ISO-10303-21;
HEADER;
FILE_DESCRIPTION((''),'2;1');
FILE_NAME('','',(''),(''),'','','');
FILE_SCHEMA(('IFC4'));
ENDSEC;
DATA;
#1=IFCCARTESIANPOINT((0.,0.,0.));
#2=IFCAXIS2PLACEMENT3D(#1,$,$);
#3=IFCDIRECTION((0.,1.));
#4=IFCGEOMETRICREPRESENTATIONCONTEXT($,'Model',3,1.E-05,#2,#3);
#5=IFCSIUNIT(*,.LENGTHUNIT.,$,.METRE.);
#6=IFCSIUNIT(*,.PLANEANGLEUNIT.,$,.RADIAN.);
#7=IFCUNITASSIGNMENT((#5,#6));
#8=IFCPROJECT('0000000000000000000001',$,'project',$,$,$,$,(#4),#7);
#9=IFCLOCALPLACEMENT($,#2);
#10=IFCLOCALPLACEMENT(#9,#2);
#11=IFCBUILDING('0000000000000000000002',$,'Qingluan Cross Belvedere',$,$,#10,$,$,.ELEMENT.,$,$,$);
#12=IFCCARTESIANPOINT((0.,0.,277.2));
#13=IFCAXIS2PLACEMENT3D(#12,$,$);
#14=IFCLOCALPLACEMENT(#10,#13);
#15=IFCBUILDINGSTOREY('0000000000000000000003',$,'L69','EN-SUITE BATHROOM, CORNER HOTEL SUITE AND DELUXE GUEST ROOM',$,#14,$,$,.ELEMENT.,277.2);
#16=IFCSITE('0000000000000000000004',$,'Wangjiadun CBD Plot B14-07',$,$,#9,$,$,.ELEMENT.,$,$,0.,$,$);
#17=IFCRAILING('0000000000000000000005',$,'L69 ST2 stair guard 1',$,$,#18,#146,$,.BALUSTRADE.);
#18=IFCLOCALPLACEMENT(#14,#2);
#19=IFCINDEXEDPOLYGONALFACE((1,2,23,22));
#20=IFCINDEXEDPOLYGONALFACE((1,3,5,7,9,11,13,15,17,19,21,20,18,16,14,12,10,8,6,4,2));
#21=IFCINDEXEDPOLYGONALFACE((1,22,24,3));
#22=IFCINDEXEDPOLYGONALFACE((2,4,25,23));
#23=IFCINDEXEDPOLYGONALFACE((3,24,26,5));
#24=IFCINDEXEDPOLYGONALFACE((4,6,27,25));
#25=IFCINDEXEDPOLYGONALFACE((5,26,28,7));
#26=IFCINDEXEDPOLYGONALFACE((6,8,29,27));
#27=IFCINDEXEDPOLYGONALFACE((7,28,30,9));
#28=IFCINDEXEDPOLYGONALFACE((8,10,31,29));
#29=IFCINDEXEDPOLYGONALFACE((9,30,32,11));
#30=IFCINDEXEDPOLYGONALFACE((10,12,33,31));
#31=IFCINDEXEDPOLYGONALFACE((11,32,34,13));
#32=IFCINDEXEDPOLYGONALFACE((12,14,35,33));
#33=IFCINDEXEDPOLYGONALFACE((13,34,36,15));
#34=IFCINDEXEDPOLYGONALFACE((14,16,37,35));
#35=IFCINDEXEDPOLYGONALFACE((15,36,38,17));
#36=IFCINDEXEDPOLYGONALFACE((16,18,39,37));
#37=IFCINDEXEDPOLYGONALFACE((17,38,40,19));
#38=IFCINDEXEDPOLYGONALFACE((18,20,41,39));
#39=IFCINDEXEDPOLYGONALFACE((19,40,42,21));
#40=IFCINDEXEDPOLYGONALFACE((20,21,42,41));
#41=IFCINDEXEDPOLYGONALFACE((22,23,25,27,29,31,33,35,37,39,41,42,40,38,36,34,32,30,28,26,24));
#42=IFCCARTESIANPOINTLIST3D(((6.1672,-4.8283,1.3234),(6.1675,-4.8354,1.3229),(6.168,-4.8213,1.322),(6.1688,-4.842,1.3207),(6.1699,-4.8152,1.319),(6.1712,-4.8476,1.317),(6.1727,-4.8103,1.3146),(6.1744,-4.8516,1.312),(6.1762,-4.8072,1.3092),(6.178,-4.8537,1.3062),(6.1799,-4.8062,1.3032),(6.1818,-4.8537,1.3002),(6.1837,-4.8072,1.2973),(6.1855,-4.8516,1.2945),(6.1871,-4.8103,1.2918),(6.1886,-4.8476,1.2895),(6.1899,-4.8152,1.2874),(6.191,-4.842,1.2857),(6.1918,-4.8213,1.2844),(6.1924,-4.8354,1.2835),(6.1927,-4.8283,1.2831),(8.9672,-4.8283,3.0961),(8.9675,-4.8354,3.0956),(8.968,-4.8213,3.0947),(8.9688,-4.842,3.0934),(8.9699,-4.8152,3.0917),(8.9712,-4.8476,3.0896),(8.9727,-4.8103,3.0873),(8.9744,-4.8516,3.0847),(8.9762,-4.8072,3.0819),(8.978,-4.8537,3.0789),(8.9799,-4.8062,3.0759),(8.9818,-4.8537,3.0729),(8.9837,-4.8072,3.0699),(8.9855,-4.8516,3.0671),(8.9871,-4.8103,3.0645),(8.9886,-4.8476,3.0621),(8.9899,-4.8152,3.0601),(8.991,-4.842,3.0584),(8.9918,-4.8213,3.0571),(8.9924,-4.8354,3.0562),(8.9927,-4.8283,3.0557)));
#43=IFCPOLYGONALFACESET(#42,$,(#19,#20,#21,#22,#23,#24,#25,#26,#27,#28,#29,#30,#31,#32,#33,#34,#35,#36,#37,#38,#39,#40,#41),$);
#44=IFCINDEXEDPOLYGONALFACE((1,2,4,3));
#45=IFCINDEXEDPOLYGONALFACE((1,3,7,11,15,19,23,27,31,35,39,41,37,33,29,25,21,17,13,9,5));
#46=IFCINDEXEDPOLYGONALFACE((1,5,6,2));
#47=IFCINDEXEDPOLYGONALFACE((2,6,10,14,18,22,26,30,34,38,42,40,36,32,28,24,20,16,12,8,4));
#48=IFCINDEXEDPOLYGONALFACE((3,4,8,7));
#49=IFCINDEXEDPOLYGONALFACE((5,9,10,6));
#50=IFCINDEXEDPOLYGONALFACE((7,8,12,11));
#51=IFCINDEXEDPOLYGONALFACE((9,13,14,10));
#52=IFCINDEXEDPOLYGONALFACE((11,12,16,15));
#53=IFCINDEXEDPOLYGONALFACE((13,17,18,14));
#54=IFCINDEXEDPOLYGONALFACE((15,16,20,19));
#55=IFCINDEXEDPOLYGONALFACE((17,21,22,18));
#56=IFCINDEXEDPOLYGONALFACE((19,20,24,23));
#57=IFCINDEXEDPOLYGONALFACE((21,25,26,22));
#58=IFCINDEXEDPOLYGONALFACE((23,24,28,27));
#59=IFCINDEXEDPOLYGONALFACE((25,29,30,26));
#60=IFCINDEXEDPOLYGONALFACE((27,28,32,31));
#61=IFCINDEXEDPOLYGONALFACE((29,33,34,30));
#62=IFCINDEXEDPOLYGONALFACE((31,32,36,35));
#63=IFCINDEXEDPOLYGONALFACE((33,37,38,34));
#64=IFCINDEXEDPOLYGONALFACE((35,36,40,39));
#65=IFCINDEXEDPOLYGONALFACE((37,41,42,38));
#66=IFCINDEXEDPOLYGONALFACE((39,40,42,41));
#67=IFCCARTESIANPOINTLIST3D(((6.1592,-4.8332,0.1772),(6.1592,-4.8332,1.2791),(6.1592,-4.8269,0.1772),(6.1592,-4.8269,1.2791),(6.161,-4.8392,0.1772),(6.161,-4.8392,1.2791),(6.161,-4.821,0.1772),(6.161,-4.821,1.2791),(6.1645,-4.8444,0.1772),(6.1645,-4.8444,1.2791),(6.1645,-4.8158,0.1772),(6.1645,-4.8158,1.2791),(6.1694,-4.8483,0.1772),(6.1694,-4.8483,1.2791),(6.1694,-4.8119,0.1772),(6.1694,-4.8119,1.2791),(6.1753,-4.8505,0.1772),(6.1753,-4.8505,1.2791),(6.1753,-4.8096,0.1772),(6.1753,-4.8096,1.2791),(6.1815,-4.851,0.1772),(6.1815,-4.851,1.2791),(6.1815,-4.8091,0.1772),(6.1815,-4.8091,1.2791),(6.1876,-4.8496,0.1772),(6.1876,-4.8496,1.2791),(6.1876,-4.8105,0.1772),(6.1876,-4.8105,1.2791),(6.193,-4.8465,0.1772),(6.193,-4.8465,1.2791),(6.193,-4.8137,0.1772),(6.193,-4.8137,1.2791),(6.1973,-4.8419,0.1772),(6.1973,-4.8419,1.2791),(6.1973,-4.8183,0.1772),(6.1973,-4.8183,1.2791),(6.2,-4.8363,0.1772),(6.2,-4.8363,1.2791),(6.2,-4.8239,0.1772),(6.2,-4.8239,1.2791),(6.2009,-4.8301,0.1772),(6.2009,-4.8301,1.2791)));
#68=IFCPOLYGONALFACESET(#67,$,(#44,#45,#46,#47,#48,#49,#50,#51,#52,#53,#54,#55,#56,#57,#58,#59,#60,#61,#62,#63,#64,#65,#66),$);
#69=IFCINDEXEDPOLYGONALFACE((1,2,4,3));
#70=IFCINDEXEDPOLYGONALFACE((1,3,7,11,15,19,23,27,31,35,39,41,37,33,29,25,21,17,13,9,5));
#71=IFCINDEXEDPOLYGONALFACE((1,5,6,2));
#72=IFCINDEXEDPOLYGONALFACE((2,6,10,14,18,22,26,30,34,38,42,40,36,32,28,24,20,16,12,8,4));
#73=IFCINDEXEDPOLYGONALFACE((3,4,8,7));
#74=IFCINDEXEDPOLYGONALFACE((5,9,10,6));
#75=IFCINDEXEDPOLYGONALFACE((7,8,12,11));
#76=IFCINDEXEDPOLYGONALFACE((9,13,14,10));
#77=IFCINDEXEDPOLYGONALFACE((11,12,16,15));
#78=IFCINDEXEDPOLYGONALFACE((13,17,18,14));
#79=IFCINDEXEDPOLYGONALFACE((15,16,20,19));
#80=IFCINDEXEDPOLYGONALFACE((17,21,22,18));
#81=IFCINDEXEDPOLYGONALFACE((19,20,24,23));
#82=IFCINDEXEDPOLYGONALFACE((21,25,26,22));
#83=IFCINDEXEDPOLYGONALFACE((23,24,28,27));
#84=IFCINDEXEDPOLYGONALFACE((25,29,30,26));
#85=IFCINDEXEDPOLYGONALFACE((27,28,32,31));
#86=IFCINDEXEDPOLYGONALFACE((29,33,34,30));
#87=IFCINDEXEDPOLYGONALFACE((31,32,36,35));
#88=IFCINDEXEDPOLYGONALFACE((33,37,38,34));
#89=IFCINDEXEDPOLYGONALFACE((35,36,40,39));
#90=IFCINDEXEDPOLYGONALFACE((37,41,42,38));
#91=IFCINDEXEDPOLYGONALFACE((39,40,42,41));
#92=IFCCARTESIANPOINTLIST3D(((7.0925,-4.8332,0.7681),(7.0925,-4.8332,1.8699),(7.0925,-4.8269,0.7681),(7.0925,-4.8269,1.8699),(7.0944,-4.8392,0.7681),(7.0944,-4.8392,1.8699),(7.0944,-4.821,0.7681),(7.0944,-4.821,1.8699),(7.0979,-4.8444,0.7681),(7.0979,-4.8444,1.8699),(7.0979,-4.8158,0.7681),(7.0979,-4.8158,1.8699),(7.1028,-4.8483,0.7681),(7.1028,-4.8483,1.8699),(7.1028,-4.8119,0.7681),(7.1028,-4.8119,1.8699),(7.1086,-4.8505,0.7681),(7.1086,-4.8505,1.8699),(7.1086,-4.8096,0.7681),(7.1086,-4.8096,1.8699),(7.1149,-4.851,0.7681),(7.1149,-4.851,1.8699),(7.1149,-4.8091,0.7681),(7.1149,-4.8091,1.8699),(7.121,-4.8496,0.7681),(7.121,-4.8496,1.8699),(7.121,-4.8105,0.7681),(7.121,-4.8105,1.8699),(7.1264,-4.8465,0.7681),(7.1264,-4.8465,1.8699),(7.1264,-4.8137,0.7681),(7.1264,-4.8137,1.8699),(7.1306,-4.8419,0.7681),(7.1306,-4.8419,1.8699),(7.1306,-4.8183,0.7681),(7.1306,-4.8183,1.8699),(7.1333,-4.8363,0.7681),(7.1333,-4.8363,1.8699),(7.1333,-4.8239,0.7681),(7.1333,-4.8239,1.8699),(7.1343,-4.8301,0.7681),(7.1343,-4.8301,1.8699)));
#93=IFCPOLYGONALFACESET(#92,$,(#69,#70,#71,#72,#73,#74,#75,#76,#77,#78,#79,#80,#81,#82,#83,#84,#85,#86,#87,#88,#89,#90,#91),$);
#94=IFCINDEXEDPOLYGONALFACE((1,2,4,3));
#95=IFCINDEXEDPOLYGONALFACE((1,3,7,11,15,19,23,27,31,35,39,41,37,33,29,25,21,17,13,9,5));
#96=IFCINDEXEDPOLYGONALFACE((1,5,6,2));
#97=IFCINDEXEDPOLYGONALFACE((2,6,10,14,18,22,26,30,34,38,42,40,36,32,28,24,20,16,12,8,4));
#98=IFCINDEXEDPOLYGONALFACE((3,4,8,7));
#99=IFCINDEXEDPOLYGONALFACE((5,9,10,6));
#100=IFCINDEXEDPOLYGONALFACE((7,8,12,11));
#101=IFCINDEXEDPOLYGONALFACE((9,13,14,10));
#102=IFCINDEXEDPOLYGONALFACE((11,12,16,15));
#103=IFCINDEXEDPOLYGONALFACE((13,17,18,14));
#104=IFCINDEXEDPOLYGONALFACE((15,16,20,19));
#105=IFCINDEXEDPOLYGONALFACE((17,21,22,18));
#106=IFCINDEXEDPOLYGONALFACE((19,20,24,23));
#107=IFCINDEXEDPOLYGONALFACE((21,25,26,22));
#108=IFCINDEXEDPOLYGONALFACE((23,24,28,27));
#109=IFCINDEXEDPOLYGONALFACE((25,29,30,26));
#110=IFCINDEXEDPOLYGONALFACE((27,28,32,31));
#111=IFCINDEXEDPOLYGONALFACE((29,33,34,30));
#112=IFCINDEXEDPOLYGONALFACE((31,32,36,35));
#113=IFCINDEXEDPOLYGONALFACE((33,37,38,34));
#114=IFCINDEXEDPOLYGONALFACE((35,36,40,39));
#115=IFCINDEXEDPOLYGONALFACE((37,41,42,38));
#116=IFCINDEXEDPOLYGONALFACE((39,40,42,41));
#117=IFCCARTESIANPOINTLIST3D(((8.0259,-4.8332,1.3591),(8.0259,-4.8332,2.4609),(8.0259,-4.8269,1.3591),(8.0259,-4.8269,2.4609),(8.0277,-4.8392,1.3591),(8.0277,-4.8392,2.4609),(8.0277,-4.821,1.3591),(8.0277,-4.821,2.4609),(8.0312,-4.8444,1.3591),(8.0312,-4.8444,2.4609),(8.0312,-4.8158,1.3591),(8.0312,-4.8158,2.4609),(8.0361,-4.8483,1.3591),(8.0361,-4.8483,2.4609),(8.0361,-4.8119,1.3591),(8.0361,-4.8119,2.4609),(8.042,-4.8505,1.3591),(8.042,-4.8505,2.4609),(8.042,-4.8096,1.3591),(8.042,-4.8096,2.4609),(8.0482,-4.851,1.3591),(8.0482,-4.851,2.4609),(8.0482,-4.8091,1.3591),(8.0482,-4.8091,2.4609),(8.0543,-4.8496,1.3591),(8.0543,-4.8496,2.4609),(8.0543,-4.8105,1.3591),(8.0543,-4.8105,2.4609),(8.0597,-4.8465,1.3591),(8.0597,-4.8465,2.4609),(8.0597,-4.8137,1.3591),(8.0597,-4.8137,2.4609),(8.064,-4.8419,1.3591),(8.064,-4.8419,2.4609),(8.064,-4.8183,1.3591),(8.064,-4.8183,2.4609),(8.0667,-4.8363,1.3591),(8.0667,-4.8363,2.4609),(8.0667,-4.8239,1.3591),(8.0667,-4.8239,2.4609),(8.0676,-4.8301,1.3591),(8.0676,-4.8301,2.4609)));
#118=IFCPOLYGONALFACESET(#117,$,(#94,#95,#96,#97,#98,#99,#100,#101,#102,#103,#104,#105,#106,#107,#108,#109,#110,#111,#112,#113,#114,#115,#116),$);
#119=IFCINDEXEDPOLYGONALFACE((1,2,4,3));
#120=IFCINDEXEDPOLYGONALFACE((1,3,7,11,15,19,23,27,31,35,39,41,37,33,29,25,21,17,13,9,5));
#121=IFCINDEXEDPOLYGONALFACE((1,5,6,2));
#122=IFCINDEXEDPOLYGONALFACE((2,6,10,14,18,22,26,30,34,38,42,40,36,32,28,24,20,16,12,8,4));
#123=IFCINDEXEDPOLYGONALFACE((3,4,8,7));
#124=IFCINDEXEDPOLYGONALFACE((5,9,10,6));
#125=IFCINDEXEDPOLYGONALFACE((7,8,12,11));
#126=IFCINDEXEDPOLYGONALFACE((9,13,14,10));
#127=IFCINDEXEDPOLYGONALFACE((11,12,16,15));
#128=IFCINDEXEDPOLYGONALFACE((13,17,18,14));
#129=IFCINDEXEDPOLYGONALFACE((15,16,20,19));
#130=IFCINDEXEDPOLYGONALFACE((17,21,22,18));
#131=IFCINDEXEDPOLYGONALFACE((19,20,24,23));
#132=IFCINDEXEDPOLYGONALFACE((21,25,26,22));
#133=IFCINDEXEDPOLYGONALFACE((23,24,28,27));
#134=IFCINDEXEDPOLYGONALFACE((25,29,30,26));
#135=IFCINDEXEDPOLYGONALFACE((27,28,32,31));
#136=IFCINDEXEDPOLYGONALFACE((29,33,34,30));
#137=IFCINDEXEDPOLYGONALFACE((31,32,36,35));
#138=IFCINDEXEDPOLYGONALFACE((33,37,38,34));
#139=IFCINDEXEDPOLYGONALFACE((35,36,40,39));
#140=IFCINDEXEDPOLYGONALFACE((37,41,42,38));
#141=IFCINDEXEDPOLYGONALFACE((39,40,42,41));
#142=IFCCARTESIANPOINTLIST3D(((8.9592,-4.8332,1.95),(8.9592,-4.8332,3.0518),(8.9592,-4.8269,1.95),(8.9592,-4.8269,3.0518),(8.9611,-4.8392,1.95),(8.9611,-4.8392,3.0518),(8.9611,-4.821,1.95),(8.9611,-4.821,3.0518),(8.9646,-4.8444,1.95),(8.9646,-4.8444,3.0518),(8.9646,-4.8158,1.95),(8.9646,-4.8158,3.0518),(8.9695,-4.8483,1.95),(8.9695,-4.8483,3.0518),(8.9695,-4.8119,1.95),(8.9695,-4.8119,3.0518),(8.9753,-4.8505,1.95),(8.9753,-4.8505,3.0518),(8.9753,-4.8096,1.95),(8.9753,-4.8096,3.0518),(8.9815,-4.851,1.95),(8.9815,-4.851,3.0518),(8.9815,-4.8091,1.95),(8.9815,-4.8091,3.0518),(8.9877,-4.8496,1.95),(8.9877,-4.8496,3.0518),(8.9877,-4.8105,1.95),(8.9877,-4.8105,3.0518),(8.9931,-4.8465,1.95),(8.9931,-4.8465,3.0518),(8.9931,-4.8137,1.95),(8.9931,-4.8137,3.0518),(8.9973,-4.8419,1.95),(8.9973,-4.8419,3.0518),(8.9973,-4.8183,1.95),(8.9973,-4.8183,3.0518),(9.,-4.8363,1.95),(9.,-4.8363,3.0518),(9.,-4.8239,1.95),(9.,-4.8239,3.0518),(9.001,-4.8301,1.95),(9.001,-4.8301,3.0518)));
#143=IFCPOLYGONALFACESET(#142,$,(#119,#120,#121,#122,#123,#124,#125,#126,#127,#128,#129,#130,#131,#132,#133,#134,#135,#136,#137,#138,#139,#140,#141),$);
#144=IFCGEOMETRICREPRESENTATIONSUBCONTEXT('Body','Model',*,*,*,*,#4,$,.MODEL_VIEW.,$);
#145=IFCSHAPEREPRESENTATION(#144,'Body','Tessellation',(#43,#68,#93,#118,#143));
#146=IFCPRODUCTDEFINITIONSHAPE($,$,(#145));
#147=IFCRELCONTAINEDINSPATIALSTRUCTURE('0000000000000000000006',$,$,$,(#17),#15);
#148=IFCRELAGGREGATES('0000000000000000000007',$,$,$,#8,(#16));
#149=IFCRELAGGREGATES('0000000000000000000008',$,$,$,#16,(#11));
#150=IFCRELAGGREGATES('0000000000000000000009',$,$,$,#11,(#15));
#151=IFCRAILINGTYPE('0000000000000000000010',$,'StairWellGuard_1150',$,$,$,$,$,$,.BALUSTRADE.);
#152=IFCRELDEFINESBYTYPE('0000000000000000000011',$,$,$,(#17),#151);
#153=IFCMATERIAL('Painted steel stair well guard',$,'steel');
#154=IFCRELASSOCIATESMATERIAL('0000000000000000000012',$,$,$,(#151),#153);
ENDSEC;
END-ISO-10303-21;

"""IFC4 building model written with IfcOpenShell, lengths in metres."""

from ifc_helpers import new_model, si_unit, direction, frame, origin, origin_2d, place, context, subcontext, project, spatial, circle, extrude, material, type_object, element, save


model = new_model("IFC4")

# Units and contexts
model_context = context("Model", 3, precision=1e-05, world=origin(), true_north=direction((0.0, 1.0)))
body_context = subcontext(model_context, "Body", "Model", "MODEL_VIEW")
ifc_project = project(units=[si_unit("LENGTHUNIT", "METRE"), si_unit("PLANEANGLEUNIT", "RADIAN")], contexts=[model_context])

# Site, building, storey
site_placement = place(None, origin())
site = spatial("IfcSite", under=ifc_project, at=site_placement, Name="Wangjiadun CBD Plot B14-07", CompositionType="ELEMENT", RefElevation=0.0)
building_placement = place(site_placement, origin())
building = spatial("IfcBuilding", under=site, at=building_placement, Name="Qingluan Cross Belvedere", CompositionType="ELEMENT")
storey_placement = place(building_placement, frame((0.0, 0.0, 277.2)))
storey = spatial("IfcBuildingStorey", under=building, at=storey_placement, Name="L69", Description="EN-SUITE BATHROOM, CORNER HOTEL SUITE AND DELUXE GUEST ROOM", CompositionType="ELEMENT", Elevation=277.2)

# Railing
ifc_material_1 = material(Name="Painted steel stair well guard", Category="steel")
railing_type_1 = type_object("IfcRailingType", Name="StairWellGuard_1150", PredefinedType="BALUSTRADE", material=ifc_material_1)
railing_1_placement = place(storey_placement, frame((6.1799, -4.8301, 0.1772)))
element("IfcRailing", 1, at=railing_1_placement, inside=storey, type_object=railing_type_1, Name="L69 ST2 stair guard 1", PredefinedType="BALUSTRADE", context=body_context, shape_type="SweptSolid", body=[
    extrude(circle(Radius=0.0239, at=origin_2d()), frame((0.0, 0.0, 1.126), z_axis=(0.844909, 0.0, 0.53491), x_axis=(0.0, 1.0, 0.0)), (0.0, 0.0, 1.0), 3.314),
    extrude(circle(Radius=0.021, at=origin_2d()), origin(), (0.0, 0.0, 1.0), 1.1018),
    extrude(circle(Radius=0.021, at=origin_2d()), frame((0.9333, 0.0, 0.5908)), (0.0, 0.0, 1.0), 1.1018),
    extrude(circle(Radius=0.021, at=origin_2d()), frame((1.8667, 0.0, 1.1819)), (0.0, 0.0, 1.0), 1.1018),
    extrude(circle(Radius=0.021, at=origin_2d()), frame((2.8, 0.0, 1.7727)), (0.0, 0.0, 1.0), 1.1018),
])

save(model, "model.ifc")
